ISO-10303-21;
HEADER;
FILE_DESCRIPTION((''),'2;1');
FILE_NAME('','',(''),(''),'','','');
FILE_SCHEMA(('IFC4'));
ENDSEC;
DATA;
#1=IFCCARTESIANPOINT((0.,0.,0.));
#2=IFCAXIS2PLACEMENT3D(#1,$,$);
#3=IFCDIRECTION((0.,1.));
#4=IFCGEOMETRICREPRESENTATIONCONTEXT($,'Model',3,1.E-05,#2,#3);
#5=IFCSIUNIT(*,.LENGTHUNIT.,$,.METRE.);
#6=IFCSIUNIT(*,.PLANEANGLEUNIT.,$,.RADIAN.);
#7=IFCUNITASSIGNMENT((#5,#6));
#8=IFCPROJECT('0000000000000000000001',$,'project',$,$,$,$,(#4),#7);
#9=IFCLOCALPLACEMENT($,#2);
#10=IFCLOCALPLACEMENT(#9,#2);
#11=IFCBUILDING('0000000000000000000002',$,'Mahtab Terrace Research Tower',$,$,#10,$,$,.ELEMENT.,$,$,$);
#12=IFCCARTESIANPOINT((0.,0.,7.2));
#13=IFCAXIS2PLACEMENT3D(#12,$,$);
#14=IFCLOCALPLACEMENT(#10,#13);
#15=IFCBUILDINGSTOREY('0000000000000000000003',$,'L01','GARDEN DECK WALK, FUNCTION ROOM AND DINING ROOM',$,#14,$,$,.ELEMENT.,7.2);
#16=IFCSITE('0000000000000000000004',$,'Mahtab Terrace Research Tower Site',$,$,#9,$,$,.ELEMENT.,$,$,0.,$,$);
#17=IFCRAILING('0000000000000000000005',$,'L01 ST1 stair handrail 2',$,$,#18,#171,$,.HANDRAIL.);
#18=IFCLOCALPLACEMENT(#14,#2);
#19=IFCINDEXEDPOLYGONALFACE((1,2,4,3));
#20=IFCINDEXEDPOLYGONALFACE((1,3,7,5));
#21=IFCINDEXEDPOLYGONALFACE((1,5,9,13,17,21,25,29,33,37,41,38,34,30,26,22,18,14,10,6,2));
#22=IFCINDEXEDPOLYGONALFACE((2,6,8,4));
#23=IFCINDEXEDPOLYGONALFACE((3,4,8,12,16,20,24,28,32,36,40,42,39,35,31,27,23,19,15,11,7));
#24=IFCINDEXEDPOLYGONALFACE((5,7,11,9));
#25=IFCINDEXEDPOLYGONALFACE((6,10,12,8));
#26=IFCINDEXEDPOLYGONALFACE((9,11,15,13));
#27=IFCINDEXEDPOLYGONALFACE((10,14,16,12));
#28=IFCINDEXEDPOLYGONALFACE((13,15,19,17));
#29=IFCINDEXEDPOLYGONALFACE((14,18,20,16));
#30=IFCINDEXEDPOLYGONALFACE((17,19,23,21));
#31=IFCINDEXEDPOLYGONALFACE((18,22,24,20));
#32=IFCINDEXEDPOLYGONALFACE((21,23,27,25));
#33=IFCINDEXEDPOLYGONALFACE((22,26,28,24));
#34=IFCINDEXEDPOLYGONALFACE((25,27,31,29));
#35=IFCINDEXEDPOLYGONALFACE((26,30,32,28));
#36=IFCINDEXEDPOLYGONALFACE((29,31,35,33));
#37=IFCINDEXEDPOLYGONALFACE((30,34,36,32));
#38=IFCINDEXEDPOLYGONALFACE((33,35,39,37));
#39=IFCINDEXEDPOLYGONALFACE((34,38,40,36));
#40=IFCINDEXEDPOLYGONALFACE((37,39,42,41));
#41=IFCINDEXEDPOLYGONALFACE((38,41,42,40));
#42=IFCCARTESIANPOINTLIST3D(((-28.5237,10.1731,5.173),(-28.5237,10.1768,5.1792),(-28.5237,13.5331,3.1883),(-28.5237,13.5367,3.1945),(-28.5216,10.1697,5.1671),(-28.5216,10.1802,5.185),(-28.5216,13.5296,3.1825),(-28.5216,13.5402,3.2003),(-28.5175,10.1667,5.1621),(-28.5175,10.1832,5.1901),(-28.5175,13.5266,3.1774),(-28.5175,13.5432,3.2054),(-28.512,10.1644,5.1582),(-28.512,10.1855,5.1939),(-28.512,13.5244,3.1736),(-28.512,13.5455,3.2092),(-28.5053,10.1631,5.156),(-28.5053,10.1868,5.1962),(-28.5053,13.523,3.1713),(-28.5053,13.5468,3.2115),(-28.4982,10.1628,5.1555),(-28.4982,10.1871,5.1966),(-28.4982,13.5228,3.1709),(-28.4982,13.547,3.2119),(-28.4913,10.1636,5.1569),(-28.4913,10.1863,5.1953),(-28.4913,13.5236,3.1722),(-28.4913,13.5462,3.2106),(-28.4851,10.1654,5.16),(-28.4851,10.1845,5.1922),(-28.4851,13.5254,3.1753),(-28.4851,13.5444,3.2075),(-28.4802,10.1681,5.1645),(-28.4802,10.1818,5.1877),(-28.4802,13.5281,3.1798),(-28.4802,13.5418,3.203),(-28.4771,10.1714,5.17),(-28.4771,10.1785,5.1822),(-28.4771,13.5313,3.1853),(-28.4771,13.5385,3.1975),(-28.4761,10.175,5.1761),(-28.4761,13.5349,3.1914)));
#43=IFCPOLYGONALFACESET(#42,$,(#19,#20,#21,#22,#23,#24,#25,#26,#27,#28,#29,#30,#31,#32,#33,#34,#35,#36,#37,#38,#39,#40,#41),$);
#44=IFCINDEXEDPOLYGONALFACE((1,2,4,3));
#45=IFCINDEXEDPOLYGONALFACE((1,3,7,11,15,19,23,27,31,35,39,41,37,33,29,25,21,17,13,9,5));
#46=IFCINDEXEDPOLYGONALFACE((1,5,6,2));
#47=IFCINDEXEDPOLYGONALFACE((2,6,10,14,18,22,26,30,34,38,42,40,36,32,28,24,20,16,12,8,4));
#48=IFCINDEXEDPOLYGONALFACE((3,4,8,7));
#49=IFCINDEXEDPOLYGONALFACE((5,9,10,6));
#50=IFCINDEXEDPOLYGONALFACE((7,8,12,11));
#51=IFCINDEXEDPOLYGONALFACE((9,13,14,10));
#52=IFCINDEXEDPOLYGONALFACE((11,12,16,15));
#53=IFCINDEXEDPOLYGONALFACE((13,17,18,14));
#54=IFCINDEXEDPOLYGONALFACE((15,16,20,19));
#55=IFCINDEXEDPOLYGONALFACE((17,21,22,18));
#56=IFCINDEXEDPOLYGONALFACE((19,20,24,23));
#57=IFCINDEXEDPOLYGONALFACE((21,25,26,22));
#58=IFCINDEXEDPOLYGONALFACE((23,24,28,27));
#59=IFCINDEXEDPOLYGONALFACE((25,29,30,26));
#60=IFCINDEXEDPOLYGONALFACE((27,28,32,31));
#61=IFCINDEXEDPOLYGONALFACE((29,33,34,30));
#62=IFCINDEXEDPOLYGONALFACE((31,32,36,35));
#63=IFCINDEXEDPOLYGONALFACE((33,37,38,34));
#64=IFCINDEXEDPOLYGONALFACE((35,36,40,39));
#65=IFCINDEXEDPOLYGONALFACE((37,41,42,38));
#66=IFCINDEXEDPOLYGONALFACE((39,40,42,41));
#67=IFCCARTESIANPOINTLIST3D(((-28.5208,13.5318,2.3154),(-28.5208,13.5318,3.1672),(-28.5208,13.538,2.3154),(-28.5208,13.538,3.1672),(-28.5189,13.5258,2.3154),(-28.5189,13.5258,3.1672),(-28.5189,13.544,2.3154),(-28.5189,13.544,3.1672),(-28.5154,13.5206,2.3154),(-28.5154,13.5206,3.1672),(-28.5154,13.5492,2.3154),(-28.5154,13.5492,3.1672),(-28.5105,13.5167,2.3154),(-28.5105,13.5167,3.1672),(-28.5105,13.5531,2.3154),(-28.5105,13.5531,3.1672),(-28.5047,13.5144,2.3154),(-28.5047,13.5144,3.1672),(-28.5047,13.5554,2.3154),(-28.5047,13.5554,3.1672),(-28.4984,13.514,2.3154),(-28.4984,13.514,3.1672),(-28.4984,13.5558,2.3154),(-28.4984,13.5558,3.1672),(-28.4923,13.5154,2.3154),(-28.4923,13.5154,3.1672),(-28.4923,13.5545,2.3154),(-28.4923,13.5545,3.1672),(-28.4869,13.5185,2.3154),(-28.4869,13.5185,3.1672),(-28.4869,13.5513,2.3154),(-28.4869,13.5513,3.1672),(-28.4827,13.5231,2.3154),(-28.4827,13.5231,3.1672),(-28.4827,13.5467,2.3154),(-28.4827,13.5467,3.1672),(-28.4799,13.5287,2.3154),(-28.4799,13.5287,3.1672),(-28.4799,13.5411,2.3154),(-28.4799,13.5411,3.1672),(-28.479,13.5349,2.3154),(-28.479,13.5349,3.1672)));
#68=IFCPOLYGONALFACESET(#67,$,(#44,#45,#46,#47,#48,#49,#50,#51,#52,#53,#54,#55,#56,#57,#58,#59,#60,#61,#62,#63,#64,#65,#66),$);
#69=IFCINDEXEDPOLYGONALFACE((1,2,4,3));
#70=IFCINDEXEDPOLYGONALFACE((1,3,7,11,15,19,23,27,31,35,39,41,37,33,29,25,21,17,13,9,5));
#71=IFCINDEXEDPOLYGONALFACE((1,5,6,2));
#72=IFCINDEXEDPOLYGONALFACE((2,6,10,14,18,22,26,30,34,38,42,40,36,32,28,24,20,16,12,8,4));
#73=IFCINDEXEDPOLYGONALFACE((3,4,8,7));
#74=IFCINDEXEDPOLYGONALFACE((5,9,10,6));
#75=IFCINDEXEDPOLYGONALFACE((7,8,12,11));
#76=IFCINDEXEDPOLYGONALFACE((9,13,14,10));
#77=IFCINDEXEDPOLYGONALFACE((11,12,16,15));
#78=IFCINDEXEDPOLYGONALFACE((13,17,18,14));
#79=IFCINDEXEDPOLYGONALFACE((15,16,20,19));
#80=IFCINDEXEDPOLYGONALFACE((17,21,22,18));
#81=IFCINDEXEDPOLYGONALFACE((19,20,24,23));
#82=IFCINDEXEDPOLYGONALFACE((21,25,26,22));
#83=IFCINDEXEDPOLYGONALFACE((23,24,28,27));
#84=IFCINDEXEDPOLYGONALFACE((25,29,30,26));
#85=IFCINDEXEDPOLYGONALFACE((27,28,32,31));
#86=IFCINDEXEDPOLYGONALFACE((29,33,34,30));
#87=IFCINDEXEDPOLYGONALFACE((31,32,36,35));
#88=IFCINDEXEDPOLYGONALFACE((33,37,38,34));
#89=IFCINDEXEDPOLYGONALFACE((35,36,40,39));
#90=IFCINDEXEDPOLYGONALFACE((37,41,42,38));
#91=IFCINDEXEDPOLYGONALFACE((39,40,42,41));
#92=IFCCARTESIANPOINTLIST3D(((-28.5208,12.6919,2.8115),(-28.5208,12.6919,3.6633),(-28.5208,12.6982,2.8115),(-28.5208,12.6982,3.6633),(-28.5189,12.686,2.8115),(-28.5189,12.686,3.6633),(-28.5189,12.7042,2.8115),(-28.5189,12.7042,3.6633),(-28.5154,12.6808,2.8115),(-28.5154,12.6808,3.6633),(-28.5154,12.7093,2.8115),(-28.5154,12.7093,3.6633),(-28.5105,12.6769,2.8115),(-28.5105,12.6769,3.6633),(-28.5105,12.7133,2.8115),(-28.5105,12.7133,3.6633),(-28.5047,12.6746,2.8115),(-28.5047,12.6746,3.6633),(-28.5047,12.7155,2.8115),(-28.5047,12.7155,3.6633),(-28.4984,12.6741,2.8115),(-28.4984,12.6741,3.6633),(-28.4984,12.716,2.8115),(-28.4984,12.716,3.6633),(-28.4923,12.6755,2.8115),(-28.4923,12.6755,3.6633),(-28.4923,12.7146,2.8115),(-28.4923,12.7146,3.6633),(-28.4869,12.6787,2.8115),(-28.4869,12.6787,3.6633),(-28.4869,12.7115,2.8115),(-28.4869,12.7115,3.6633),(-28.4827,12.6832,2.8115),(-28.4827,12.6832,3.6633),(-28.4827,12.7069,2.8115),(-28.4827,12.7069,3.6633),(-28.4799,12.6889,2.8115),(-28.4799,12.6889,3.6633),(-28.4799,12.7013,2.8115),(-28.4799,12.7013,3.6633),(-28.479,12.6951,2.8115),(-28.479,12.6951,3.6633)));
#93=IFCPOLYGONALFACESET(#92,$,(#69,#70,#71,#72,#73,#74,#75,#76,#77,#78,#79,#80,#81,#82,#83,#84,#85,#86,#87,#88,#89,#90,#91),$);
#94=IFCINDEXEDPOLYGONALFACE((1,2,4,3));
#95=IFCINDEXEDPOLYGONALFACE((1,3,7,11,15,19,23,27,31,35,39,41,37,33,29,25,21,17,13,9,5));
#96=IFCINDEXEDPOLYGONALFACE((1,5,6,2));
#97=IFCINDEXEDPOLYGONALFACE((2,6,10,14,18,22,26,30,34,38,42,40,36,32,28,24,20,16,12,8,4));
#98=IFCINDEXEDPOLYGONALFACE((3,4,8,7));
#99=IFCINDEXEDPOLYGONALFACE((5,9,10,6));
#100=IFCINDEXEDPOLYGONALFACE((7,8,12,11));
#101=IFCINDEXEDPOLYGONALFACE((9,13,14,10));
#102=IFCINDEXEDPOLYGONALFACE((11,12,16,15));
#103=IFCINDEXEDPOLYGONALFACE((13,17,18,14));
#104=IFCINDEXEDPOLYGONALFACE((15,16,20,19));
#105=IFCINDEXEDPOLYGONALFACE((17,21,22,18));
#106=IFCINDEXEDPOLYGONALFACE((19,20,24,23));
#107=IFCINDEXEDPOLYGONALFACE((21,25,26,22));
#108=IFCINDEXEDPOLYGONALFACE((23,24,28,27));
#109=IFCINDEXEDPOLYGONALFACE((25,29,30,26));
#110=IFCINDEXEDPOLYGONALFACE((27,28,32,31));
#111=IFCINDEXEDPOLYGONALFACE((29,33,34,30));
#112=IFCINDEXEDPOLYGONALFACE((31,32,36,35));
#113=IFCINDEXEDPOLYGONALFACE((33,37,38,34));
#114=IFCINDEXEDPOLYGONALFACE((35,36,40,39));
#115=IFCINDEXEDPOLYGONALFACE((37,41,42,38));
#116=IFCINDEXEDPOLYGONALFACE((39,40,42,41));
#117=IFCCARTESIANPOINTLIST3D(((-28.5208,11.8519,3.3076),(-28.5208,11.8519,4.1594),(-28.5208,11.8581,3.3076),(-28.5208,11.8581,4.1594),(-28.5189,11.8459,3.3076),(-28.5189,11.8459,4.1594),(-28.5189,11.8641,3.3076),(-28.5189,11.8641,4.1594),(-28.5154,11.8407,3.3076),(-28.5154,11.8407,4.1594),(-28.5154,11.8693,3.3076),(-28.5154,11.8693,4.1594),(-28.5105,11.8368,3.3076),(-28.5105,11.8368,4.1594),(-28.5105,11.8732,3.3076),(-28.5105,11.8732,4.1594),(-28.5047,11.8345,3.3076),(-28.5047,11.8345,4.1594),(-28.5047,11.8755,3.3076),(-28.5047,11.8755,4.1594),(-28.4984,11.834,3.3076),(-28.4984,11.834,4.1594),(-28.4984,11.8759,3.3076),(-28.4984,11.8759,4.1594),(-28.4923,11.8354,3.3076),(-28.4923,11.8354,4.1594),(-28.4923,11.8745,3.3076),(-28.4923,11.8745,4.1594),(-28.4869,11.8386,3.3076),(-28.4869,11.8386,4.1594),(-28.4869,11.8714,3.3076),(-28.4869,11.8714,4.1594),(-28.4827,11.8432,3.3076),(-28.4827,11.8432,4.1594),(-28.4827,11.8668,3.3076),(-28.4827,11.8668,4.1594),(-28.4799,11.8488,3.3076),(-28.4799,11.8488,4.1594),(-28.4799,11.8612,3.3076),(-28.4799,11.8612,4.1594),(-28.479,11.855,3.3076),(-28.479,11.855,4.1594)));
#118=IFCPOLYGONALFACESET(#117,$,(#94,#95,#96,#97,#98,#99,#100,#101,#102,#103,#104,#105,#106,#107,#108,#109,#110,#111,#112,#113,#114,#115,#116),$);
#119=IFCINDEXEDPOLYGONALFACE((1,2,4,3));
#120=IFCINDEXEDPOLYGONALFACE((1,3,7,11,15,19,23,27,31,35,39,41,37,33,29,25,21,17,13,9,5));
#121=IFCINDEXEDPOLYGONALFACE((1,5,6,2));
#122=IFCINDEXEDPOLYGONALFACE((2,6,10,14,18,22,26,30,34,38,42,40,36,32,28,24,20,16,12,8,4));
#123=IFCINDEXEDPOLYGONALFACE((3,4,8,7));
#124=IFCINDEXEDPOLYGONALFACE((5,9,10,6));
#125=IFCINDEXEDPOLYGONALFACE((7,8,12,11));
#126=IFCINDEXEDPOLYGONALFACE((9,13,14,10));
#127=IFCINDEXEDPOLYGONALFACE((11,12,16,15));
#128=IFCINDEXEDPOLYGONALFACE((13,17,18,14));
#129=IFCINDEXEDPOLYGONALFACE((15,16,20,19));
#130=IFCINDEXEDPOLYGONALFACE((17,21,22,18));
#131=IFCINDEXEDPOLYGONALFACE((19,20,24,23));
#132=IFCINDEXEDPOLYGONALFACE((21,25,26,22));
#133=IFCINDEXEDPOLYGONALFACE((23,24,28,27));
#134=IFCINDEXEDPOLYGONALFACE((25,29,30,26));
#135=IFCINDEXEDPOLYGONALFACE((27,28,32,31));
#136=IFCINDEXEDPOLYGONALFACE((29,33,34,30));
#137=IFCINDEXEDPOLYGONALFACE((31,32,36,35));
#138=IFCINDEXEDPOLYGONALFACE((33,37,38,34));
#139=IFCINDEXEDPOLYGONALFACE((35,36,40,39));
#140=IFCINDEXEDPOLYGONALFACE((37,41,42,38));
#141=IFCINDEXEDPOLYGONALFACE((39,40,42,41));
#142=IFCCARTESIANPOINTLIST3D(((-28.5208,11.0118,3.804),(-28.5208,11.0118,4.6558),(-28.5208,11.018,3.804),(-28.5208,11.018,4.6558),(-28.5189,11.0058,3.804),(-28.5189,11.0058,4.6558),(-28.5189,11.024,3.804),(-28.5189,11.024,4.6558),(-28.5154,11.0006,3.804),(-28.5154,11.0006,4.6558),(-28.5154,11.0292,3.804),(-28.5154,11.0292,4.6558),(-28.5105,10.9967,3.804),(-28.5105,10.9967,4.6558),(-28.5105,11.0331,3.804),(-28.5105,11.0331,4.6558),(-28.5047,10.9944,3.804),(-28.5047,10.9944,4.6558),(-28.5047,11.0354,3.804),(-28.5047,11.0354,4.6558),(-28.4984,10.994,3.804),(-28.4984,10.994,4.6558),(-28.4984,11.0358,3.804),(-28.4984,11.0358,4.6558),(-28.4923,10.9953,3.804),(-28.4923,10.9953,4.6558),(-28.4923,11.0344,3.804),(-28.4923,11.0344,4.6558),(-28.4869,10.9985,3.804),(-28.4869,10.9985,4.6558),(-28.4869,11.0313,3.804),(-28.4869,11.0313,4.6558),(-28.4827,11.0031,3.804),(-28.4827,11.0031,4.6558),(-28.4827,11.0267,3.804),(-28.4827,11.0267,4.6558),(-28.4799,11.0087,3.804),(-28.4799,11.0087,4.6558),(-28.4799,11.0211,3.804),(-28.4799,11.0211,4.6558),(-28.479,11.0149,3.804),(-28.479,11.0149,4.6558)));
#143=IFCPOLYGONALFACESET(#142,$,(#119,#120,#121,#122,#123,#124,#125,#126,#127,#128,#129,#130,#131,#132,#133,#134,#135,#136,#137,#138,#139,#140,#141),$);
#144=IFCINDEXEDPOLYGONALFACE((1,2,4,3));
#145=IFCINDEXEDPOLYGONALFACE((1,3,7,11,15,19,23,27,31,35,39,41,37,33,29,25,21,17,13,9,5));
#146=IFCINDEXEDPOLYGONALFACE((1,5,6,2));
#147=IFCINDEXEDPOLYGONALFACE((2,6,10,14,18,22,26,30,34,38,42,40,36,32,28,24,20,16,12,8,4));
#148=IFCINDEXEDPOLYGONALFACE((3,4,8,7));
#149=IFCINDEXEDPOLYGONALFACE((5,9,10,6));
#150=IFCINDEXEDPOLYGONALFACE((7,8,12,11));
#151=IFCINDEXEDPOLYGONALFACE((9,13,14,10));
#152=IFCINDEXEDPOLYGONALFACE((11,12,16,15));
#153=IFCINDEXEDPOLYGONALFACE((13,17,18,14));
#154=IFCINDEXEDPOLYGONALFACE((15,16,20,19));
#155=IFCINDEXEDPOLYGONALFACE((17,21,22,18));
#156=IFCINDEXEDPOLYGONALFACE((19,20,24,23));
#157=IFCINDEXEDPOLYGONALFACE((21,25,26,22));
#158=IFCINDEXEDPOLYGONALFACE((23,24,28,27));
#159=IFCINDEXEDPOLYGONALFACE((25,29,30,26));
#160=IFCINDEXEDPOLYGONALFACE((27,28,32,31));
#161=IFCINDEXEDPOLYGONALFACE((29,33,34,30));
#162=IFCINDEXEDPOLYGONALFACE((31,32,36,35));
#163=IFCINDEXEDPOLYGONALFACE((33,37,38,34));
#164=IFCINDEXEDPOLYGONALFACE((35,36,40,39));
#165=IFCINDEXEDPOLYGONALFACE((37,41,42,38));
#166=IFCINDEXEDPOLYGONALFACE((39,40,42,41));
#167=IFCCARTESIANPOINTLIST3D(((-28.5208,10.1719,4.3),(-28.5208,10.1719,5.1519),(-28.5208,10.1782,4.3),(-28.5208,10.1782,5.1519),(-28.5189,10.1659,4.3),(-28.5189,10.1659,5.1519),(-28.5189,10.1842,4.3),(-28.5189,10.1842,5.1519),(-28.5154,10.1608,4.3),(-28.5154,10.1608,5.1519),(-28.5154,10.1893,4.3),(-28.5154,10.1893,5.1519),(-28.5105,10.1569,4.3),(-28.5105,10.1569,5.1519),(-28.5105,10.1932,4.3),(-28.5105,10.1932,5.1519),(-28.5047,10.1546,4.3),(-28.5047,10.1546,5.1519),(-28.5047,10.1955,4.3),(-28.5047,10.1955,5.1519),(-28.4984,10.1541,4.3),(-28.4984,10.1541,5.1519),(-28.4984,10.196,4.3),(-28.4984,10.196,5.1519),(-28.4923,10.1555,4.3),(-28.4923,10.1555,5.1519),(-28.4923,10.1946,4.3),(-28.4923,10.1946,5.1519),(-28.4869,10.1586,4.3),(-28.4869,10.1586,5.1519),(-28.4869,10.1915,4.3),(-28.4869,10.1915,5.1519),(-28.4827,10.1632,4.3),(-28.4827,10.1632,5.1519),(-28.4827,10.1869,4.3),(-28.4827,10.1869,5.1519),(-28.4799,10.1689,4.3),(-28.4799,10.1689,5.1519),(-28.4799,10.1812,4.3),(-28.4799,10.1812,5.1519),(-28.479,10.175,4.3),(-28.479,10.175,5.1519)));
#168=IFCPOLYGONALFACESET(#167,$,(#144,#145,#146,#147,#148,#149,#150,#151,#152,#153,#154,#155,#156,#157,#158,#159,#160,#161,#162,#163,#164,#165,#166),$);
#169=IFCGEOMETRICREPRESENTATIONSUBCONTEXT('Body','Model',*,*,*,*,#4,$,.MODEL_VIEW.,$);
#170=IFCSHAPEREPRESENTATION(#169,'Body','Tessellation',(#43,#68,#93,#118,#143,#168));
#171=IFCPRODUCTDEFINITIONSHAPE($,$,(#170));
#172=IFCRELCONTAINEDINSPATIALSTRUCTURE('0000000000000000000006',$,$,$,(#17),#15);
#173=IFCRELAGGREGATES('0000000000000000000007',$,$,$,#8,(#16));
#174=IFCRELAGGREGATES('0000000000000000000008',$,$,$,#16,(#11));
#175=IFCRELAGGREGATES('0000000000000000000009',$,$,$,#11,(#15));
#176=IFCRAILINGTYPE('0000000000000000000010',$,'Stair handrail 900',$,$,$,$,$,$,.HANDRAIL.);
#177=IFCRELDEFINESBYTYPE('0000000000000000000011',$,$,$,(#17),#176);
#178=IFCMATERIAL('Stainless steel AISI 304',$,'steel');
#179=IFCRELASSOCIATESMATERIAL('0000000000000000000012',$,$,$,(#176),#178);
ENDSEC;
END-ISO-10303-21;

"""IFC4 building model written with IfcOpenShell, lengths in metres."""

from ifc_helpers import new_model, si_unit, direction, frame, origin, origin_2d, place, context, subcontext, project, spatial, circle, extrude, material, type_object, element, save


model = new_model("IFC4")

# Units and contexts
model_context = context("Model", 3, precision=1e-05, world=origin(), true_north=direction((0.0, 1.0)))
body_context = subcontext(model_context, "Body", "Model", "MODEL_VIEW")
ifc_project = project(units=[si_unit("LENGTHUNIT", "METRE"), si_unit("PLANEANGLEUNIT", "RADIAN")], contexts=[model_context])

# Site, building, storey
site_placement = place(None, origin())
site = spatial("IfcSite", under=ifc_project, at=site_placement, Name="Mahtab Terrace Research Tower Site", CompositionType="ELEMENT", RefElevation=0.0)
building_placement = place(site_placement, origin())
building = spatial("IfcBuilding", under=site, at=building_placement, Name="Mahtab Terrace Research Tower", CompositionType="ELEMENT")
storey_placement = place(building_placement, frame((0.0, 0.0, 7.2)))
storey = spatial("IfcBuildingStorey", under=building, at=storey_placement, Name="L01", Description="GARDEN DECK WALK, FUNCTION ROOM AND DINING ROOM", CompositionType="ELEMENT", Elevation=7.2)

# Railing
ifc_material_1 = material(Name="Stainless steel AISI 304", Category="steel")
railing_type_1 = type_object("IfcRailingType", Name="Stair handrail 900", PredefinedType="HANDRAIL", material=ifc_material_1)
railing_1_placement = place(storey_placement, frame((-28.5, 13.5349, 2.3154)))
element("IfcRailing", 1, at=railing_1_placement, inside=storey, type_object=railing_type_1, Name="L01 ST1 stair handrail 2", PredefinedType="HANDRAIL", context=body_context, shape_type="SweptSolid", body=[
    extrude(circle(Radius=0.0239, at=origin_2d()), frame((0.0, 0.0, 0.876), z_axis=(0.0, -0.861011, 0.508586), x_axis=(1.0, 0.0, 0.0)), (0.0, 0.0, 1.0), 3.9023),
    extrude(circle(Radius=0.021, at=origin_2d()), origin(), (0.0, 0.0, 1.0), 0.8518),
    extrude(circle(Radius=0.021, at=origin_2d()), frame((0.0, -0.8398, 0.4961)), (0.0, 0.0, 1.0), 0.8518),
    extrude(circle(Radius=0.021, at=origin_2d()), frame((0.0, -1.6799, 0.9922)), (0.0, 0.0, 1.0), 0.8518),
    extrude(circle(Radius=0.021, at=origin_2d()), frame((0.0, -2.52, 1.4885)), (0.0, 0.0, 1.0), 0.8518),
    extrude(circle(Radius=0.021, at=origin_2d()), frame((0.0, -3.3599, 1.9846)), (0.0, 0.0, 1.0), 0.8518),
])

save(model, "model.ifc")
